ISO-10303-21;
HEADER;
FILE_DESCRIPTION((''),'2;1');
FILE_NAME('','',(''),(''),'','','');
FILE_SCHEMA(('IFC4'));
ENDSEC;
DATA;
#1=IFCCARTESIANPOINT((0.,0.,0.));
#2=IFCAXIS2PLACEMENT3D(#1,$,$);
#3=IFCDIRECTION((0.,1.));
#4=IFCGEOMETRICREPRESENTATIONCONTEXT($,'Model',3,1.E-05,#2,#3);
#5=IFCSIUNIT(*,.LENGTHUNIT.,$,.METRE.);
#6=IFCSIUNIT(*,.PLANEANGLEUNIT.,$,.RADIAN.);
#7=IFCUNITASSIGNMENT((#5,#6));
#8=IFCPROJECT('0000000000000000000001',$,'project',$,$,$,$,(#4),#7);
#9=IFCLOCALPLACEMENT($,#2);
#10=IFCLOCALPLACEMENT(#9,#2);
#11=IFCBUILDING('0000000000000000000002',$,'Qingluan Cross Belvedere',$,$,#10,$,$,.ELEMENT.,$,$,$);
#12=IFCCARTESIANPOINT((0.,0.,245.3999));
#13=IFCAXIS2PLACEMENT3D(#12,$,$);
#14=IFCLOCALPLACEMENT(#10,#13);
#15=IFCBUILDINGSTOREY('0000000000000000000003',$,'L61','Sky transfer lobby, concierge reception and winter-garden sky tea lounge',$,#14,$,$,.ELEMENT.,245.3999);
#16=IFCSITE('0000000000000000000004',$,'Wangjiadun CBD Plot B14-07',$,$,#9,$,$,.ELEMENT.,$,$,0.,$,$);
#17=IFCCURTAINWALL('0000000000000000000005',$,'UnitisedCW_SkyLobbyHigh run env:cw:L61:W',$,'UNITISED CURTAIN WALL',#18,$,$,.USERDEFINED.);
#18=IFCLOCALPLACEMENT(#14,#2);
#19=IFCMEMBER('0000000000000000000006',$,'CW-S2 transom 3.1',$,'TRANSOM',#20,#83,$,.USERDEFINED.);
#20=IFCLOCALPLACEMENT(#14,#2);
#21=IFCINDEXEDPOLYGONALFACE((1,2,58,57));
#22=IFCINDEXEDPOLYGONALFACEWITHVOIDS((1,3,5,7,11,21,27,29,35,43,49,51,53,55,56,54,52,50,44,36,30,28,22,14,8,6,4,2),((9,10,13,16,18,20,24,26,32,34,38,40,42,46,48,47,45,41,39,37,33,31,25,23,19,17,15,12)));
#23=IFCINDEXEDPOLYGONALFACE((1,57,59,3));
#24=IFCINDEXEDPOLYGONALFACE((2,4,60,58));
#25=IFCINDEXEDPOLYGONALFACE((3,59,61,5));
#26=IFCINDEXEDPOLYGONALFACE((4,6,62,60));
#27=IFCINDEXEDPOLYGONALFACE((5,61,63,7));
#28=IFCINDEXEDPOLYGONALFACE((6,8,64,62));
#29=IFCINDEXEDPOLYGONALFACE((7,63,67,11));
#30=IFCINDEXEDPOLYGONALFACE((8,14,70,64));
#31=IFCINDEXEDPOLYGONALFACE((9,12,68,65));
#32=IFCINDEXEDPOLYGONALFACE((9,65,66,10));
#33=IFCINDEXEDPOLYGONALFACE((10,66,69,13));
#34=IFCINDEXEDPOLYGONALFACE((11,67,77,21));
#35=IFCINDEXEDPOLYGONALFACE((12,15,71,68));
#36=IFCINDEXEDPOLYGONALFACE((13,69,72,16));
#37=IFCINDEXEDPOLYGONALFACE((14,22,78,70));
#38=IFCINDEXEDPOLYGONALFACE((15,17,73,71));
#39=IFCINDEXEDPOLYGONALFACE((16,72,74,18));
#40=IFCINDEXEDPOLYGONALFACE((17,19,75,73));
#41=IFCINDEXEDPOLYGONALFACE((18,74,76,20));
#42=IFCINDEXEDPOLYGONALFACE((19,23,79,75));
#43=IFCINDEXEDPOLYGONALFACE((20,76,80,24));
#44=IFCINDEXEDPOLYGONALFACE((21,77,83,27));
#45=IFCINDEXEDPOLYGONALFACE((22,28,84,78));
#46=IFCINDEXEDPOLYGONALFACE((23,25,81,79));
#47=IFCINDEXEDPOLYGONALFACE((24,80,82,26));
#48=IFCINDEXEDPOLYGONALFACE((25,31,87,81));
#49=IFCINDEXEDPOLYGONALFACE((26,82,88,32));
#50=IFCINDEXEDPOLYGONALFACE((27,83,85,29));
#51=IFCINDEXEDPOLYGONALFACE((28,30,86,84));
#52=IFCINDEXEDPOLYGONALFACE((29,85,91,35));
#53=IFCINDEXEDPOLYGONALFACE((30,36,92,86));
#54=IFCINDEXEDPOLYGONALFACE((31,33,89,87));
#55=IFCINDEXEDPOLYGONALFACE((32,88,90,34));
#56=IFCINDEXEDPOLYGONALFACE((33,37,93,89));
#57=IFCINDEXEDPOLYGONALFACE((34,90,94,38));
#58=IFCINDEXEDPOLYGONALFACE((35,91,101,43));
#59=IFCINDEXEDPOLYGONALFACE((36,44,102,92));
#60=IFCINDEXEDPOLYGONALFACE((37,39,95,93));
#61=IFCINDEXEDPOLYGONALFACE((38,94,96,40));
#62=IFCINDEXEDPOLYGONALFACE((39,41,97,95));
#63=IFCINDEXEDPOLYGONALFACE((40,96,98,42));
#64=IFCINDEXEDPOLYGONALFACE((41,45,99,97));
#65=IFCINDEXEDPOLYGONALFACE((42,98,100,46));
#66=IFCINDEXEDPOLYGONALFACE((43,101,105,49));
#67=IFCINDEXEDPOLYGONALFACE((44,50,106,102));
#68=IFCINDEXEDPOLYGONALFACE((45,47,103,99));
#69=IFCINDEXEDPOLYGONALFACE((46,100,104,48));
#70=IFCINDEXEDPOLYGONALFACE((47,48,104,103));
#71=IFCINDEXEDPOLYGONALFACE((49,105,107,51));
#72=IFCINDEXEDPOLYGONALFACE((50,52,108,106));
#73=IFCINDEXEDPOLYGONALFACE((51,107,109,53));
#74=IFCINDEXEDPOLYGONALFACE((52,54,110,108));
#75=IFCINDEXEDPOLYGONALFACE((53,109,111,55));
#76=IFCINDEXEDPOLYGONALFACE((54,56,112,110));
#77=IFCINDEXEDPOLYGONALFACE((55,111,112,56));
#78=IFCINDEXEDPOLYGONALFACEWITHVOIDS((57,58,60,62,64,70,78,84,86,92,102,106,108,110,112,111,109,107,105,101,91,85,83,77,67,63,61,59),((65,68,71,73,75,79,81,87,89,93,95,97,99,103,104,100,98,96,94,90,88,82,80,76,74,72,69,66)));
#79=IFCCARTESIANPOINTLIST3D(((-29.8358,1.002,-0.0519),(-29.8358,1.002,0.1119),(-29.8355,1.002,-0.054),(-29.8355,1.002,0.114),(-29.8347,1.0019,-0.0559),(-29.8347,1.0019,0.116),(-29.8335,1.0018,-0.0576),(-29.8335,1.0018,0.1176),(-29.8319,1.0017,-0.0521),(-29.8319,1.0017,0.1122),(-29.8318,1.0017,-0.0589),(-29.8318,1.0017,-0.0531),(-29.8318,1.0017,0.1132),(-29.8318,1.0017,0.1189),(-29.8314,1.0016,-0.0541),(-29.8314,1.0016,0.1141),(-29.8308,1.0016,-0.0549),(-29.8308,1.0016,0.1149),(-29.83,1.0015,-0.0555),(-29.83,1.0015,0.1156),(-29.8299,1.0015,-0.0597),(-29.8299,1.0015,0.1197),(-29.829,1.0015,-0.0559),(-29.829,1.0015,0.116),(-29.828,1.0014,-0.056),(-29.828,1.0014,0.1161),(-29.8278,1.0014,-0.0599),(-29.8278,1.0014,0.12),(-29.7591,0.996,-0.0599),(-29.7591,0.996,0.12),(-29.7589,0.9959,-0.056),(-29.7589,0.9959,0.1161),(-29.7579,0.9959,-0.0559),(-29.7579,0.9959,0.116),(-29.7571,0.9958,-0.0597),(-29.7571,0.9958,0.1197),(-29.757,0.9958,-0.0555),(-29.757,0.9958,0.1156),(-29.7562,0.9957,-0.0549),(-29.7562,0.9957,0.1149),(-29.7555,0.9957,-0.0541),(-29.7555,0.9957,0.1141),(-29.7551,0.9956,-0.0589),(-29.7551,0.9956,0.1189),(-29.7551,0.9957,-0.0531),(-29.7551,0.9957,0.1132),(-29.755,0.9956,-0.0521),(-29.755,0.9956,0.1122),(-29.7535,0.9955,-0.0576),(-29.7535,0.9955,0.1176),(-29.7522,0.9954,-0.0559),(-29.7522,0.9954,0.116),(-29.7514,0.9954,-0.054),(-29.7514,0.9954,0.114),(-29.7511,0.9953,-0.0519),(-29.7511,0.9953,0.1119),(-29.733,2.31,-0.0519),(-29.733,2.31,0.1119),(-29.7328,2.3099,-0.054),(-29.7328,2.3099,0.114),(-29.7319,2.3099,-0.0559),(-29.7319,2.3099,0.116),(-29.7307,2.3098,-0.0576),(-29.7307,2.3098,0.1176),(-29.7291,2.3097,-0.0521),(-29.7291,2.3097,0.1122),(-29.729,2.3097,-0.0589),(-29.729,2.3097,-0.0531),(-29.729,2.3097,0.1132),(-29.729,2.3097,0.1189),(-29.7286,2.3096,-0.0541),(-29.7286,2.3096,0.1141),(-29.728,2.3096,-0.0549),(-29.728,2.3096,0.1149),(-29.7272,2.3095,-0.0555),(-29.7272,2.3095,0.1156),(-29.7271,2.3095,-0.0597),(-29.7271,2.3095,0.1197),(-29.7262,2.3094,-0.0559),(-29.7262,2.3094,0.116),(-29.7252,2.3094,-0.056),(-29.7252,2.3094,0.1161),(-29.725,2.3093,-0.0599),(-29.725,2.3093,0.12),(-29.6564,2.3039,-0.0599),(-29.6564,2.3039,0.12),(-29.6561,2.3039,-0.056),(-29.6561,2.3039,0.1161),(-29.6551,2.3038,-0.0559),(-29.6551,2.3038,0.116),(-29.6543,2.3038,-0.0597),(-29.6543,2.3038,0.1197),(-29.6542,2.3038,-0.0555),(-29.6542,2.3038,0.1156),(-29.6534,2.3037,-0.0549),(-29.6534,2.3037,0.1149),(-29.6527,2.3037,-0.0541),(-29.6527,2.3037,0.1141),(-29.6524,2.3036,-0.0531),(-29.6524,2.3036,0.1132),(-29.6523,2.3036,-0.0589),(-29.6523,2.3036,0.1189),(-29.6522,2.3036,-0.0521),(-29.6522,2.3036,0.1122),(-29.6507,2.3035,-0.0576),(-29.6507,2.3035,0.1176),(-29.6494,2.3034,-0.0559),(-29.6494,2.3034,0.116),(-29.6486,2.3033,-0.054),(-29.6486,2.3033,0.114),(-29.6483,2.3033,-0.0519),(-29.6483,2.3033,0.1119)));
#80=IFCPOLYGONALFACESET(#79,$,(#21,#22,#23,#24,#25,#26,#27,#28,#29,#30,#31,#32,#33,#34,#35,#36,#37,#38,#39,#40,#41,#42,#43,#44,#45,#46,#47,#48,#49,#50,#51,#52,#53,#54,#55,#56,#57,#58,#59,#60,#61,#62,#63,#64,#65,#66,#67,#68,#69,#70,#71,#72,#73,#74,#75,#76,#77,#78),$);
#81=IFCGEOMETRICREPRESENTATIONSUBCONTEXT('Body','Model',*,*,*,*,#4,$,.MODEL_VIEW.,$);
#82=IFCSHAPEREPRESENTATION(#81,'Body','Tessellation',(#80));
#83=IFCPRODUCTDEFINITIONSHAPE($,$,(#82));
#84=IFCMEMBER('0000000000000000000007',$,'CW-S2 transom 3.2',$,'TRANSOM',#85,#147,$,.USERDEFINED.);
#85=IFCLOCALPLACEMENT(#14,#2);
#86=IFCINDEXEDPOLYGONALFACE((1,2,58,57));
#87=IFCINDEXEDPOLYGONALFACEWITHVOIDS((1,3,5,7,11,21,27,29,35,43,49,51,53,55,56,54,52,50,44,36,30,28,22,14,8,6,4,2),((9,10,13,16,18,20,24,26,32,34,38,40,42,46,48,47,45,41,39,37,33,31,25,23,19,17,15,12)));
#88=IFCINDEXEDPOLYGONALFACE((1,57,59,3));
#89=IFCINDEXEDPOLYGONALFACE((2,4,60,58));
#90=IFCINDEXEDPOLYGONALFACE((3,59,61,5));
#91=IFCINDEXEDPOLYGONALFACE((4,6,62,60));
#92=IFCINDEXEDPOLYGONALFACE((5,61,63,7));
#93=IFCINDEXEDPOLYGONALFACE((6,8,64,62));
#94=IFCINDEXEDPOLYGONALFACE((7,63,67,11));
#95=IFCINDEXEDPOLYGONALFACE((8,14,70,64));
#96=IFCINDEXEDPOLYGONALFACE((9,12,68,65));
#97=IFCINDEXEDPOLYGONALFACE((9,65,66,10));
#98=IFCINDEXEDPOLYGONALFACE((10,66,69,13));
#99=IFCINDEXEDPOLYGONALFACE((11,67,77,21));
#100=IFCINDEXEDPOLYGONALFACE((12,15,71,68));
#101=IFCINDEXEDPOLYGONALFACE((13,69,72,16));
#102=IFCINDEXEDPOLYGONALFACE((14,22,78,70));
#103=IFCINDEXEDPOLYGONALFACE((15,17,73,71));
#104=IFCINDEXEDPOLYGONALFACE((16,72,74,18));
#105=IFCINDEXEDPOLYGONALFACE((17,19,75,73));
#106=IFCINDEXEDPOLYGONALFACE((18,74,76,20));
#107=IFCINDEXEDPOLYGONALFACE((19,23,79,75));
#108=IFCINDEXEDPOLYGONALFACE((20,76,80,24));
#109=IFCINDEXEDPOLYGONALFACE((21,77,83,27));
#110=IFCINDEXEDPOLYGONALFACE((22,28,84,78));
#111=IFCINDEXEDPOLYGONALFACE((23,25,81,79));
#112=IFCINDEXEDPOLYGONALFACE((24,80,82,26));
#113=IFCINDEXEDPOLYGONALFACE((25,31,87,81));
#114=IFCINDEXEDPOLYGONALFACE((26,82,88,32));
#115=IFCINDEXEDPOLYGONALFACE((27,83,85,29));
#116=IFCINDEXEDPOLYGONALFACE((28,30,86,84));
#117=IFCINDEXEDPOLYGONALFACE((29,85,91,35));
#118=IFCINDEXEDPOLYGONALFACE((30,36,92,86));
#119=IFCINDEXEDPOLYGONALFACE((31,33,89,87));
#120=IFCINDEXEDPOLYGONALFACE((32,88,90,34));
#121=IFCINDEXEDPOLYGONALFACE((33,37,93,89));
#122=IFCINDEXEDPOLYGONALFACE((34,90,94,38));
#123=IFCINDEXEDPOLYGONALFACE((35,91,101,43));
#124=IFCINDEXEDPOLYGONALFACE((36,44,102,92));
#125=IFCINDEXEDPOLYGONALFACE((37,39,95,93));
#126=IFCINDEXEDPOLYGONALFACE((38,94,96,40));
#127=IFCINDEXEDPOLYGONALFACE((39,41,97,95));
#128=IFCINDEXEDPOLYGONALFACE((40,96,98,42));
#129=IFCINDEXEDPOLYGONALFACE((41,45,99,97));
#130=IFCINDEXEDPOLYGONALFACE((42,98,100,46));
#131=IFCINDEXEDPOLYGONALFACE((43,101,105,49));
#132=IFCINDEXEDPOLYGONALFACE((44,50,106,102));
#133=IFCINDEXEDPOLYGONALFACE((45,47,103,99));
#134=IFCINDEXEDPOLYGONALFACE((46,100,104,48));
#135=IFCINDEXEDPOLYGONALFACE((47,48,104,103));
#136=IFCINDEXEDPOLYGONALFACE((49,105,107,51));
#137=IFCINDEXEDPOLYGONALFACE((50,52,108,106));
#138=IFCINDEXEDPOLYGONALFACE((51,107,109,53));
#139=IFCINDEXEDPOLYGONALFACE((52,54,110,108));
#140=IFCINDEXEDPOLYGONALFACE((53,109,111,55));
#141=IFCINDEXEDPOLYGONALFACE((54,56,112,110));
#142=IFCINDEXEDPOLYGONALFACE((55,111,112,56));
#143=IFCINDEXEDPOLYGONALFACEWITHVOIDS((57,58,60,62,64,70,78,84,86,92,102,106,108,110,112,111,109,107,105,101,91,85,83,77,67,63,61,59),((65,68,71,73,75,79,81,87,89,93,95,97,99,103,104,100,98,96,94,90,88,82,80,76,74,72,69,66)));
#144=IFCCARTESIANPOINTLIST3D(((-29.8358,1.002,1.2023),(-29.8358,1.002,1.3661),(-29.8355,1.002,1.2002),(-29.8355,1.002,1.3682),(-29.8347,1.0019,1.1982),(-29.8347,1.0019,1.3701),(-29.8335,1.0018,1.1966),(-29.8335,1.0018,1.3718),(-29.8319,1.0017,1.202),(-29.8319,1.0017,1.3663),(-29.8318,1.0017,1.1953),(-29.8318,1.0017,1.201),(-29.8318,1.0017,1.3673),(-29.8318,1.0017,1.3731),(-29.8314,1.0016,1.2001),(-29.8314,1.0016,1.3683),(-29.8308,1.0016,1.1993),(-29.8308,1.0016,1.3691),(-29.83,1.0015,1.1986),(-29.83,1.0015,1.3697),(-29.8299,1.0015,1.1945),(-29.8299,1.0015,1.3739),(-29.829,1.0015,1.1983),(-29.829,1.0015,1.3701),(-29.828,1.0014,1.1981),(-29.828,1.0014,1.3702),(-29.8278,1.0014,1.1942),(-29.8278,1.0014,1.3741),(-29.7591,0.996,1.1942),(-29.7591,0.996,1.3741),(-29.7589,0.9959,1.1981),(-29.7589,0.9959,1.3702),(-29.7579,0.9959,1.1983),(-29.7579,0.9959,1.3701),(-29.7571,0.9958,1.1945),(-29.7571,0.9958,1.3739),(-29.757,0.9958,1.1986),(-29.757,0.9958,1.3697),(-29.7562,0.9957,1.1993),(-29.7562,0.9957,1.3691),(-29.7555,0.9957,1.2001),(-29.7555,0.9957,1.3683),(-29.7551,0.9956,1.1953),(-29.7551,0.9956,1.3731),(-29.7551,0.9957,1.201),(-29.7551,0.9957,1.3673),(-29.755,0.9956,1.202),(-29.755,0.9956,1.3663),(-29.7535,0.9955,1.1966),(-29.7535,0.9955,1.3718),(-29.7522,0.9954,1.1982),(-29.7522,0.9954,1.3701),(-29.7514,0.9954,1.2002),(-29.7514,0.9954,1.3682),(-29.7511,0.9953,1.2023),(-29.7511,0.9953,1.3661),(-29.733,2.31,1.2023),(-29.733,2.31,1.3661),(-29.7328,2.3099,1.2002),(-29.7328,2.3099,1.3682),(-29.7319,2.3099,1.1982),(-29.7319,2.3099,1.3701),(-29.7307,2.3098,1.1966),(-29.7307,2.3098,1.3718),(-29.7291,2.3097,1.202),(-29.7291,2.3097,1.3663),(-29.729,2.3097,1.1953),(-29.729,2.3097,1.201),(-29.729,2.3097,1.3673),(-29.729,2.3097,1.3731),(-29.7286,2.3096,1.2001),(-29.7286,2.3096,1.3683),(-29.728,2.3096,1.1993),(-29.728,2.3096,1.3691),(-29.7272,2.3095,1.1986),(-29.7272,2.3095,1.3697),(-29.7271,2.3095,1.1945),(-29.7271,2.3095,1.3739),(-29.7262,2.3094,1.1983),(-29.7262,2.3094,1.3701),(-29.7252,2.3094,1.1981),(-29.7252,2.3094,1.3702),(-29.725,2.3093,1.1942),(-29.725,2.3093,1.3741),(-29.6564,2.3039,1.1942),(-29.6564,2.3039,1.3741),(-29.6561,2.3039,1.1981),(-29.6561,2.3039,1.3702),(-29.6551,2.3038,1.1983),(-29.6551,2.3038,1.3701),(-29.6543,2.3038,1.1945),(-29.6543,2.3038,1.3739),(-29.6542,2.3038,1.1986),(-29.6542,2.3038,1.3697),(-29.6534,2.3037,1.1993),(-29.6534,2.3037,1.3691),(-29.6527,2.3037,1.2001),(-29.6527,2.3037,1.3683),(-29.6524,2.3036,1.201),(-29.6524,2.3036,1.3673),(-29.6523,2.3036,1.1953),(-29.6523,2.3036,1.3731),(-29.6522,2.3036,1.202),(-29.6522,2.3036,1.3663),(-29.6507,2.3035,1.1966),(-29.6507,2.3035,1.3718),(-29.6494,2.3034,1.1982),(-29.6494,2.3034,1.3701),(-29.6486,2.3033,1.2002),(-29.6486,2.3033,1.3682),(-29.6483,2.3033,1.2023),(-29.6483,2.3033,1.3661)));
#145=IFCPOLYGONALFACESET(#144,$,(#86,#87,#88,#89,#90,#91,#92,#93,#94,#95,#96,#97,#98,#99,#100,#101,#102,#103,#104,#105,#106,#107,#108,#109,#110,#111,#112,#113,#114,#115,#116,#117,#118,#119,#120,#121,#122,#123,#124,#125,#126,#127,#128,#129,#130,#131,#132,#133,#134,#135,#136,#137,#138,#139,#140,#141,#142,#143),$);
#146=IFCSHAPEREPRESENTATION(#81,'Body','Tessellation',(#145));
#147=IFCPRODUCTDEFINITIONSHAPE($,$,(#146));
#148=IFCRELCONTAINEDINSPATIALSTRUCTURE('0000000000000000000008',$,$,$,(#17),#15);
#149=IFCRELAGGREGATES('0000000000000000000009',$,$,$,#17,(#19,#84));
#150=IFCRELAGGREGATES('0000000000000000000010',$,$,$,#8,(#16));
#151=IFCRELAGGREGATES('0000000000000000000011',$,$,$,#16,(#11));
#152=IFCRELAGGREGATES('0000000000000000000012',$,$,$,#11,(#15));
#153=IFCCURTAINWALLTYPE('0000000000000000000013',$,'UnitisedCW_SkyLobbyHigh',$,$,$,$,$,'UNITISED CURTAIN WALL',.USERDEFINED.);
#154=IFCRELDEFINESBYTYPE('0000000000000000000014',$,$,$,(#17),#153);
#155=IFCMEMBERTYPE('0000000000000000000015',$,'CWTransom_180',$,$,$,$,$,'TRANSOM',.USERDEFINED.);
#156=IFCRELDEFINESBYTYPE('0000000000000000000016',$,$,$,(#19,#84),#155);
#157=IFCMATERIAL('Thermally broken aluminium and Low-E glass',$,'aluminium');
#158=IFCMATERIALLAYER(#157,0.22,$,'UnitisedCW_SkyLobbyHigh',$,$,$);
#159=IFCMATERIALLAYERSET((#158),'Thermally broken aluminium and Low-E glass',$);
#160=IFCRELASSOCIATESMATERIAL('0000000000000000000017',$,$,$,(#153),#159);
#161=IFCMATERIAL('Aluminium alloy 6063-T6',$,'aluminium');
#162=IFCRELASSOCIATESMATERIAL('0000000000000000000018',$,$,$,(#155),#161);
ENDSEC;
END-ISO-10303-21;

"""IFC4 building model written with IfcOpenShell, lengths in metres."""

from ifc_helpers import new_model, si_unit, direction, frame, origin, origin_2d, place, context, subcontext, project, spatial, hollow_rectangle, extrude, material, layer, layer_set, material_profile, profile_set, type_object, element, aggregate, save


model = new_model("IFC4")

# Units and contexts
model_context = context("Model", 3, precision=1e-05, world=origin(), true_north=direction((0.0, 1.0)))
body_context = subcontext(model_context, "Body", "Model", "MODEL_VIEW")
ifc_project = project(units=[si_unit("LENGTHUNIT", "METRE"), si_unit("PLANEANGLEUNIT", "RADIAN")], contexts=[model_context])

# Site, building, storey
site_placement = place(None, origin())
site = spatial("IfcSite", under=ifc_project, at=site_placement, Name="Wangjiadun CBD Plot B14-07", CompositionType="ELEMENT", RefElevation=0.0)
building_placement = place(site_placement, origin())
building = spatial("IfcBuilding", under=site, at=building_placement, Name="Qingluan Cross Belvedere", CompositionType="ELEMENT")
storey_placement = place(building_placement, frame((0.0, 0.0, 245.3999)))
storey = spatial("IfcBuildingStorey", under=building, at=storey_placement, Name="L61", Description="Sky transfer lobby, concierge reception and winter-garden sky tea lounge", CompositionType="ELEMENT", Elevation=245.3999)

# Curtain wall, members
ifc_material_1 = material(Name="Thermally broken aluminium and Low-E glass", Category="aluminium")
ifc_layer_1 = layer(ifc_material_1, 0.22, Name="UnitisedCW_SkyLobbyHigh")
ifc_layer_set_1 = layer_set([ifc_layer_1], Name="Thermally broken aluminium and Low-E glass")
curtain_wall_type = type_object("IfcCurtainWallType", Name="UnitisedCW_SkyLobbyHigh", ElementType="UNITISED CURTAIN WALL", PredefinedType="USERDEFINED", material=ifc_layer_set_1)
curtain_wall_placement = place(storey_placement, origin())
curtain_wall = element("IfcCurtainWall", 1, at=curtain_wall_placement, inside=storey, type_object=curtain_wall_type, Name="UnitisedCW_SkyLobbyHigh run env:cw:L61:W", ObjectType="UNITISED CURTAIN WALL", PredefinedType="USERDEFINED")
ifc_material_2 = material(Name="Aluminium alloy 6063-T6", Category="aluminium")
ifc_material_profile_1 = material_profile(ifc_material_2, hollow_rectangle(XDim=0.085, YDim=0.1799, WallThickness=0.0039, InnerFilletRadius=0.0039, OuterFilletRadius=0.0081, at=origin_2d()), Name="CWT180x85x4")
ifc_profile_set_1 = profile_set([ifc_material_profile_1], Name="Aluminium alloy 6063-T6")
member_type_1 = type_object("IfcMemberType", Name="CWTransom_180", ElementType="TRANSOM", PredefinedType="USERDEFINED", material=ifc_profile_set_1)
member_1_placement = place(storey_placement, frame((-29.6907, 2.3066, 0.03), z_axis=(-0.078347, -0.996926, 0.0), x_axis=(0.996926, -0.078347, 0.0)))
member_1 = element("IfcMember", 2, at=member_1_placement, type_object=member_type_1, Name="CW-S2 transom 3.1", ObjectType="TRANSOM", PredefinedType="USERDEFINED", context=body_context, shape_type="SweptSolid", body=[
    extrude(hollow_rectangle(XDim=0.085, YDim=0.1799, WallThickness=0.0039, InnerFilletRadius=0.0039, OuterFilletRadius=0.0081, at=origin_2d()), origin(), (0.0, 0.0, 1.0), 1.312),
])
member_2_placement = place(storey_placement, frame((-29.6907, 2.3066, 1.2842), z_axis=(-0.078347, -0.996926, 0.0), x_axis=(0.996926, -0.078347, 0.0)))
member_2 = element("IfcMember", 3, at=member_2_placement, type_object=member_type_1, Name="CW-S2 transom 3.2", ObjectType="TRANSOM", PredefinedType="USERDEFINED", context=body_context, shape_type="SweptSolid", body=[
    extrude(hollow_rectangle(XDim=0.085, YDim=0.1799, WallThickness=0.0039, InnerFilletRadius=0.0039, OuterFilletRadius=0.0081, at=origin_2d()), origin(), (0.0, 0.0, 1.0), 1.312),
])
aggregate(curtain_wall, [member_1, member_2])

save(model, "model.ifc")
